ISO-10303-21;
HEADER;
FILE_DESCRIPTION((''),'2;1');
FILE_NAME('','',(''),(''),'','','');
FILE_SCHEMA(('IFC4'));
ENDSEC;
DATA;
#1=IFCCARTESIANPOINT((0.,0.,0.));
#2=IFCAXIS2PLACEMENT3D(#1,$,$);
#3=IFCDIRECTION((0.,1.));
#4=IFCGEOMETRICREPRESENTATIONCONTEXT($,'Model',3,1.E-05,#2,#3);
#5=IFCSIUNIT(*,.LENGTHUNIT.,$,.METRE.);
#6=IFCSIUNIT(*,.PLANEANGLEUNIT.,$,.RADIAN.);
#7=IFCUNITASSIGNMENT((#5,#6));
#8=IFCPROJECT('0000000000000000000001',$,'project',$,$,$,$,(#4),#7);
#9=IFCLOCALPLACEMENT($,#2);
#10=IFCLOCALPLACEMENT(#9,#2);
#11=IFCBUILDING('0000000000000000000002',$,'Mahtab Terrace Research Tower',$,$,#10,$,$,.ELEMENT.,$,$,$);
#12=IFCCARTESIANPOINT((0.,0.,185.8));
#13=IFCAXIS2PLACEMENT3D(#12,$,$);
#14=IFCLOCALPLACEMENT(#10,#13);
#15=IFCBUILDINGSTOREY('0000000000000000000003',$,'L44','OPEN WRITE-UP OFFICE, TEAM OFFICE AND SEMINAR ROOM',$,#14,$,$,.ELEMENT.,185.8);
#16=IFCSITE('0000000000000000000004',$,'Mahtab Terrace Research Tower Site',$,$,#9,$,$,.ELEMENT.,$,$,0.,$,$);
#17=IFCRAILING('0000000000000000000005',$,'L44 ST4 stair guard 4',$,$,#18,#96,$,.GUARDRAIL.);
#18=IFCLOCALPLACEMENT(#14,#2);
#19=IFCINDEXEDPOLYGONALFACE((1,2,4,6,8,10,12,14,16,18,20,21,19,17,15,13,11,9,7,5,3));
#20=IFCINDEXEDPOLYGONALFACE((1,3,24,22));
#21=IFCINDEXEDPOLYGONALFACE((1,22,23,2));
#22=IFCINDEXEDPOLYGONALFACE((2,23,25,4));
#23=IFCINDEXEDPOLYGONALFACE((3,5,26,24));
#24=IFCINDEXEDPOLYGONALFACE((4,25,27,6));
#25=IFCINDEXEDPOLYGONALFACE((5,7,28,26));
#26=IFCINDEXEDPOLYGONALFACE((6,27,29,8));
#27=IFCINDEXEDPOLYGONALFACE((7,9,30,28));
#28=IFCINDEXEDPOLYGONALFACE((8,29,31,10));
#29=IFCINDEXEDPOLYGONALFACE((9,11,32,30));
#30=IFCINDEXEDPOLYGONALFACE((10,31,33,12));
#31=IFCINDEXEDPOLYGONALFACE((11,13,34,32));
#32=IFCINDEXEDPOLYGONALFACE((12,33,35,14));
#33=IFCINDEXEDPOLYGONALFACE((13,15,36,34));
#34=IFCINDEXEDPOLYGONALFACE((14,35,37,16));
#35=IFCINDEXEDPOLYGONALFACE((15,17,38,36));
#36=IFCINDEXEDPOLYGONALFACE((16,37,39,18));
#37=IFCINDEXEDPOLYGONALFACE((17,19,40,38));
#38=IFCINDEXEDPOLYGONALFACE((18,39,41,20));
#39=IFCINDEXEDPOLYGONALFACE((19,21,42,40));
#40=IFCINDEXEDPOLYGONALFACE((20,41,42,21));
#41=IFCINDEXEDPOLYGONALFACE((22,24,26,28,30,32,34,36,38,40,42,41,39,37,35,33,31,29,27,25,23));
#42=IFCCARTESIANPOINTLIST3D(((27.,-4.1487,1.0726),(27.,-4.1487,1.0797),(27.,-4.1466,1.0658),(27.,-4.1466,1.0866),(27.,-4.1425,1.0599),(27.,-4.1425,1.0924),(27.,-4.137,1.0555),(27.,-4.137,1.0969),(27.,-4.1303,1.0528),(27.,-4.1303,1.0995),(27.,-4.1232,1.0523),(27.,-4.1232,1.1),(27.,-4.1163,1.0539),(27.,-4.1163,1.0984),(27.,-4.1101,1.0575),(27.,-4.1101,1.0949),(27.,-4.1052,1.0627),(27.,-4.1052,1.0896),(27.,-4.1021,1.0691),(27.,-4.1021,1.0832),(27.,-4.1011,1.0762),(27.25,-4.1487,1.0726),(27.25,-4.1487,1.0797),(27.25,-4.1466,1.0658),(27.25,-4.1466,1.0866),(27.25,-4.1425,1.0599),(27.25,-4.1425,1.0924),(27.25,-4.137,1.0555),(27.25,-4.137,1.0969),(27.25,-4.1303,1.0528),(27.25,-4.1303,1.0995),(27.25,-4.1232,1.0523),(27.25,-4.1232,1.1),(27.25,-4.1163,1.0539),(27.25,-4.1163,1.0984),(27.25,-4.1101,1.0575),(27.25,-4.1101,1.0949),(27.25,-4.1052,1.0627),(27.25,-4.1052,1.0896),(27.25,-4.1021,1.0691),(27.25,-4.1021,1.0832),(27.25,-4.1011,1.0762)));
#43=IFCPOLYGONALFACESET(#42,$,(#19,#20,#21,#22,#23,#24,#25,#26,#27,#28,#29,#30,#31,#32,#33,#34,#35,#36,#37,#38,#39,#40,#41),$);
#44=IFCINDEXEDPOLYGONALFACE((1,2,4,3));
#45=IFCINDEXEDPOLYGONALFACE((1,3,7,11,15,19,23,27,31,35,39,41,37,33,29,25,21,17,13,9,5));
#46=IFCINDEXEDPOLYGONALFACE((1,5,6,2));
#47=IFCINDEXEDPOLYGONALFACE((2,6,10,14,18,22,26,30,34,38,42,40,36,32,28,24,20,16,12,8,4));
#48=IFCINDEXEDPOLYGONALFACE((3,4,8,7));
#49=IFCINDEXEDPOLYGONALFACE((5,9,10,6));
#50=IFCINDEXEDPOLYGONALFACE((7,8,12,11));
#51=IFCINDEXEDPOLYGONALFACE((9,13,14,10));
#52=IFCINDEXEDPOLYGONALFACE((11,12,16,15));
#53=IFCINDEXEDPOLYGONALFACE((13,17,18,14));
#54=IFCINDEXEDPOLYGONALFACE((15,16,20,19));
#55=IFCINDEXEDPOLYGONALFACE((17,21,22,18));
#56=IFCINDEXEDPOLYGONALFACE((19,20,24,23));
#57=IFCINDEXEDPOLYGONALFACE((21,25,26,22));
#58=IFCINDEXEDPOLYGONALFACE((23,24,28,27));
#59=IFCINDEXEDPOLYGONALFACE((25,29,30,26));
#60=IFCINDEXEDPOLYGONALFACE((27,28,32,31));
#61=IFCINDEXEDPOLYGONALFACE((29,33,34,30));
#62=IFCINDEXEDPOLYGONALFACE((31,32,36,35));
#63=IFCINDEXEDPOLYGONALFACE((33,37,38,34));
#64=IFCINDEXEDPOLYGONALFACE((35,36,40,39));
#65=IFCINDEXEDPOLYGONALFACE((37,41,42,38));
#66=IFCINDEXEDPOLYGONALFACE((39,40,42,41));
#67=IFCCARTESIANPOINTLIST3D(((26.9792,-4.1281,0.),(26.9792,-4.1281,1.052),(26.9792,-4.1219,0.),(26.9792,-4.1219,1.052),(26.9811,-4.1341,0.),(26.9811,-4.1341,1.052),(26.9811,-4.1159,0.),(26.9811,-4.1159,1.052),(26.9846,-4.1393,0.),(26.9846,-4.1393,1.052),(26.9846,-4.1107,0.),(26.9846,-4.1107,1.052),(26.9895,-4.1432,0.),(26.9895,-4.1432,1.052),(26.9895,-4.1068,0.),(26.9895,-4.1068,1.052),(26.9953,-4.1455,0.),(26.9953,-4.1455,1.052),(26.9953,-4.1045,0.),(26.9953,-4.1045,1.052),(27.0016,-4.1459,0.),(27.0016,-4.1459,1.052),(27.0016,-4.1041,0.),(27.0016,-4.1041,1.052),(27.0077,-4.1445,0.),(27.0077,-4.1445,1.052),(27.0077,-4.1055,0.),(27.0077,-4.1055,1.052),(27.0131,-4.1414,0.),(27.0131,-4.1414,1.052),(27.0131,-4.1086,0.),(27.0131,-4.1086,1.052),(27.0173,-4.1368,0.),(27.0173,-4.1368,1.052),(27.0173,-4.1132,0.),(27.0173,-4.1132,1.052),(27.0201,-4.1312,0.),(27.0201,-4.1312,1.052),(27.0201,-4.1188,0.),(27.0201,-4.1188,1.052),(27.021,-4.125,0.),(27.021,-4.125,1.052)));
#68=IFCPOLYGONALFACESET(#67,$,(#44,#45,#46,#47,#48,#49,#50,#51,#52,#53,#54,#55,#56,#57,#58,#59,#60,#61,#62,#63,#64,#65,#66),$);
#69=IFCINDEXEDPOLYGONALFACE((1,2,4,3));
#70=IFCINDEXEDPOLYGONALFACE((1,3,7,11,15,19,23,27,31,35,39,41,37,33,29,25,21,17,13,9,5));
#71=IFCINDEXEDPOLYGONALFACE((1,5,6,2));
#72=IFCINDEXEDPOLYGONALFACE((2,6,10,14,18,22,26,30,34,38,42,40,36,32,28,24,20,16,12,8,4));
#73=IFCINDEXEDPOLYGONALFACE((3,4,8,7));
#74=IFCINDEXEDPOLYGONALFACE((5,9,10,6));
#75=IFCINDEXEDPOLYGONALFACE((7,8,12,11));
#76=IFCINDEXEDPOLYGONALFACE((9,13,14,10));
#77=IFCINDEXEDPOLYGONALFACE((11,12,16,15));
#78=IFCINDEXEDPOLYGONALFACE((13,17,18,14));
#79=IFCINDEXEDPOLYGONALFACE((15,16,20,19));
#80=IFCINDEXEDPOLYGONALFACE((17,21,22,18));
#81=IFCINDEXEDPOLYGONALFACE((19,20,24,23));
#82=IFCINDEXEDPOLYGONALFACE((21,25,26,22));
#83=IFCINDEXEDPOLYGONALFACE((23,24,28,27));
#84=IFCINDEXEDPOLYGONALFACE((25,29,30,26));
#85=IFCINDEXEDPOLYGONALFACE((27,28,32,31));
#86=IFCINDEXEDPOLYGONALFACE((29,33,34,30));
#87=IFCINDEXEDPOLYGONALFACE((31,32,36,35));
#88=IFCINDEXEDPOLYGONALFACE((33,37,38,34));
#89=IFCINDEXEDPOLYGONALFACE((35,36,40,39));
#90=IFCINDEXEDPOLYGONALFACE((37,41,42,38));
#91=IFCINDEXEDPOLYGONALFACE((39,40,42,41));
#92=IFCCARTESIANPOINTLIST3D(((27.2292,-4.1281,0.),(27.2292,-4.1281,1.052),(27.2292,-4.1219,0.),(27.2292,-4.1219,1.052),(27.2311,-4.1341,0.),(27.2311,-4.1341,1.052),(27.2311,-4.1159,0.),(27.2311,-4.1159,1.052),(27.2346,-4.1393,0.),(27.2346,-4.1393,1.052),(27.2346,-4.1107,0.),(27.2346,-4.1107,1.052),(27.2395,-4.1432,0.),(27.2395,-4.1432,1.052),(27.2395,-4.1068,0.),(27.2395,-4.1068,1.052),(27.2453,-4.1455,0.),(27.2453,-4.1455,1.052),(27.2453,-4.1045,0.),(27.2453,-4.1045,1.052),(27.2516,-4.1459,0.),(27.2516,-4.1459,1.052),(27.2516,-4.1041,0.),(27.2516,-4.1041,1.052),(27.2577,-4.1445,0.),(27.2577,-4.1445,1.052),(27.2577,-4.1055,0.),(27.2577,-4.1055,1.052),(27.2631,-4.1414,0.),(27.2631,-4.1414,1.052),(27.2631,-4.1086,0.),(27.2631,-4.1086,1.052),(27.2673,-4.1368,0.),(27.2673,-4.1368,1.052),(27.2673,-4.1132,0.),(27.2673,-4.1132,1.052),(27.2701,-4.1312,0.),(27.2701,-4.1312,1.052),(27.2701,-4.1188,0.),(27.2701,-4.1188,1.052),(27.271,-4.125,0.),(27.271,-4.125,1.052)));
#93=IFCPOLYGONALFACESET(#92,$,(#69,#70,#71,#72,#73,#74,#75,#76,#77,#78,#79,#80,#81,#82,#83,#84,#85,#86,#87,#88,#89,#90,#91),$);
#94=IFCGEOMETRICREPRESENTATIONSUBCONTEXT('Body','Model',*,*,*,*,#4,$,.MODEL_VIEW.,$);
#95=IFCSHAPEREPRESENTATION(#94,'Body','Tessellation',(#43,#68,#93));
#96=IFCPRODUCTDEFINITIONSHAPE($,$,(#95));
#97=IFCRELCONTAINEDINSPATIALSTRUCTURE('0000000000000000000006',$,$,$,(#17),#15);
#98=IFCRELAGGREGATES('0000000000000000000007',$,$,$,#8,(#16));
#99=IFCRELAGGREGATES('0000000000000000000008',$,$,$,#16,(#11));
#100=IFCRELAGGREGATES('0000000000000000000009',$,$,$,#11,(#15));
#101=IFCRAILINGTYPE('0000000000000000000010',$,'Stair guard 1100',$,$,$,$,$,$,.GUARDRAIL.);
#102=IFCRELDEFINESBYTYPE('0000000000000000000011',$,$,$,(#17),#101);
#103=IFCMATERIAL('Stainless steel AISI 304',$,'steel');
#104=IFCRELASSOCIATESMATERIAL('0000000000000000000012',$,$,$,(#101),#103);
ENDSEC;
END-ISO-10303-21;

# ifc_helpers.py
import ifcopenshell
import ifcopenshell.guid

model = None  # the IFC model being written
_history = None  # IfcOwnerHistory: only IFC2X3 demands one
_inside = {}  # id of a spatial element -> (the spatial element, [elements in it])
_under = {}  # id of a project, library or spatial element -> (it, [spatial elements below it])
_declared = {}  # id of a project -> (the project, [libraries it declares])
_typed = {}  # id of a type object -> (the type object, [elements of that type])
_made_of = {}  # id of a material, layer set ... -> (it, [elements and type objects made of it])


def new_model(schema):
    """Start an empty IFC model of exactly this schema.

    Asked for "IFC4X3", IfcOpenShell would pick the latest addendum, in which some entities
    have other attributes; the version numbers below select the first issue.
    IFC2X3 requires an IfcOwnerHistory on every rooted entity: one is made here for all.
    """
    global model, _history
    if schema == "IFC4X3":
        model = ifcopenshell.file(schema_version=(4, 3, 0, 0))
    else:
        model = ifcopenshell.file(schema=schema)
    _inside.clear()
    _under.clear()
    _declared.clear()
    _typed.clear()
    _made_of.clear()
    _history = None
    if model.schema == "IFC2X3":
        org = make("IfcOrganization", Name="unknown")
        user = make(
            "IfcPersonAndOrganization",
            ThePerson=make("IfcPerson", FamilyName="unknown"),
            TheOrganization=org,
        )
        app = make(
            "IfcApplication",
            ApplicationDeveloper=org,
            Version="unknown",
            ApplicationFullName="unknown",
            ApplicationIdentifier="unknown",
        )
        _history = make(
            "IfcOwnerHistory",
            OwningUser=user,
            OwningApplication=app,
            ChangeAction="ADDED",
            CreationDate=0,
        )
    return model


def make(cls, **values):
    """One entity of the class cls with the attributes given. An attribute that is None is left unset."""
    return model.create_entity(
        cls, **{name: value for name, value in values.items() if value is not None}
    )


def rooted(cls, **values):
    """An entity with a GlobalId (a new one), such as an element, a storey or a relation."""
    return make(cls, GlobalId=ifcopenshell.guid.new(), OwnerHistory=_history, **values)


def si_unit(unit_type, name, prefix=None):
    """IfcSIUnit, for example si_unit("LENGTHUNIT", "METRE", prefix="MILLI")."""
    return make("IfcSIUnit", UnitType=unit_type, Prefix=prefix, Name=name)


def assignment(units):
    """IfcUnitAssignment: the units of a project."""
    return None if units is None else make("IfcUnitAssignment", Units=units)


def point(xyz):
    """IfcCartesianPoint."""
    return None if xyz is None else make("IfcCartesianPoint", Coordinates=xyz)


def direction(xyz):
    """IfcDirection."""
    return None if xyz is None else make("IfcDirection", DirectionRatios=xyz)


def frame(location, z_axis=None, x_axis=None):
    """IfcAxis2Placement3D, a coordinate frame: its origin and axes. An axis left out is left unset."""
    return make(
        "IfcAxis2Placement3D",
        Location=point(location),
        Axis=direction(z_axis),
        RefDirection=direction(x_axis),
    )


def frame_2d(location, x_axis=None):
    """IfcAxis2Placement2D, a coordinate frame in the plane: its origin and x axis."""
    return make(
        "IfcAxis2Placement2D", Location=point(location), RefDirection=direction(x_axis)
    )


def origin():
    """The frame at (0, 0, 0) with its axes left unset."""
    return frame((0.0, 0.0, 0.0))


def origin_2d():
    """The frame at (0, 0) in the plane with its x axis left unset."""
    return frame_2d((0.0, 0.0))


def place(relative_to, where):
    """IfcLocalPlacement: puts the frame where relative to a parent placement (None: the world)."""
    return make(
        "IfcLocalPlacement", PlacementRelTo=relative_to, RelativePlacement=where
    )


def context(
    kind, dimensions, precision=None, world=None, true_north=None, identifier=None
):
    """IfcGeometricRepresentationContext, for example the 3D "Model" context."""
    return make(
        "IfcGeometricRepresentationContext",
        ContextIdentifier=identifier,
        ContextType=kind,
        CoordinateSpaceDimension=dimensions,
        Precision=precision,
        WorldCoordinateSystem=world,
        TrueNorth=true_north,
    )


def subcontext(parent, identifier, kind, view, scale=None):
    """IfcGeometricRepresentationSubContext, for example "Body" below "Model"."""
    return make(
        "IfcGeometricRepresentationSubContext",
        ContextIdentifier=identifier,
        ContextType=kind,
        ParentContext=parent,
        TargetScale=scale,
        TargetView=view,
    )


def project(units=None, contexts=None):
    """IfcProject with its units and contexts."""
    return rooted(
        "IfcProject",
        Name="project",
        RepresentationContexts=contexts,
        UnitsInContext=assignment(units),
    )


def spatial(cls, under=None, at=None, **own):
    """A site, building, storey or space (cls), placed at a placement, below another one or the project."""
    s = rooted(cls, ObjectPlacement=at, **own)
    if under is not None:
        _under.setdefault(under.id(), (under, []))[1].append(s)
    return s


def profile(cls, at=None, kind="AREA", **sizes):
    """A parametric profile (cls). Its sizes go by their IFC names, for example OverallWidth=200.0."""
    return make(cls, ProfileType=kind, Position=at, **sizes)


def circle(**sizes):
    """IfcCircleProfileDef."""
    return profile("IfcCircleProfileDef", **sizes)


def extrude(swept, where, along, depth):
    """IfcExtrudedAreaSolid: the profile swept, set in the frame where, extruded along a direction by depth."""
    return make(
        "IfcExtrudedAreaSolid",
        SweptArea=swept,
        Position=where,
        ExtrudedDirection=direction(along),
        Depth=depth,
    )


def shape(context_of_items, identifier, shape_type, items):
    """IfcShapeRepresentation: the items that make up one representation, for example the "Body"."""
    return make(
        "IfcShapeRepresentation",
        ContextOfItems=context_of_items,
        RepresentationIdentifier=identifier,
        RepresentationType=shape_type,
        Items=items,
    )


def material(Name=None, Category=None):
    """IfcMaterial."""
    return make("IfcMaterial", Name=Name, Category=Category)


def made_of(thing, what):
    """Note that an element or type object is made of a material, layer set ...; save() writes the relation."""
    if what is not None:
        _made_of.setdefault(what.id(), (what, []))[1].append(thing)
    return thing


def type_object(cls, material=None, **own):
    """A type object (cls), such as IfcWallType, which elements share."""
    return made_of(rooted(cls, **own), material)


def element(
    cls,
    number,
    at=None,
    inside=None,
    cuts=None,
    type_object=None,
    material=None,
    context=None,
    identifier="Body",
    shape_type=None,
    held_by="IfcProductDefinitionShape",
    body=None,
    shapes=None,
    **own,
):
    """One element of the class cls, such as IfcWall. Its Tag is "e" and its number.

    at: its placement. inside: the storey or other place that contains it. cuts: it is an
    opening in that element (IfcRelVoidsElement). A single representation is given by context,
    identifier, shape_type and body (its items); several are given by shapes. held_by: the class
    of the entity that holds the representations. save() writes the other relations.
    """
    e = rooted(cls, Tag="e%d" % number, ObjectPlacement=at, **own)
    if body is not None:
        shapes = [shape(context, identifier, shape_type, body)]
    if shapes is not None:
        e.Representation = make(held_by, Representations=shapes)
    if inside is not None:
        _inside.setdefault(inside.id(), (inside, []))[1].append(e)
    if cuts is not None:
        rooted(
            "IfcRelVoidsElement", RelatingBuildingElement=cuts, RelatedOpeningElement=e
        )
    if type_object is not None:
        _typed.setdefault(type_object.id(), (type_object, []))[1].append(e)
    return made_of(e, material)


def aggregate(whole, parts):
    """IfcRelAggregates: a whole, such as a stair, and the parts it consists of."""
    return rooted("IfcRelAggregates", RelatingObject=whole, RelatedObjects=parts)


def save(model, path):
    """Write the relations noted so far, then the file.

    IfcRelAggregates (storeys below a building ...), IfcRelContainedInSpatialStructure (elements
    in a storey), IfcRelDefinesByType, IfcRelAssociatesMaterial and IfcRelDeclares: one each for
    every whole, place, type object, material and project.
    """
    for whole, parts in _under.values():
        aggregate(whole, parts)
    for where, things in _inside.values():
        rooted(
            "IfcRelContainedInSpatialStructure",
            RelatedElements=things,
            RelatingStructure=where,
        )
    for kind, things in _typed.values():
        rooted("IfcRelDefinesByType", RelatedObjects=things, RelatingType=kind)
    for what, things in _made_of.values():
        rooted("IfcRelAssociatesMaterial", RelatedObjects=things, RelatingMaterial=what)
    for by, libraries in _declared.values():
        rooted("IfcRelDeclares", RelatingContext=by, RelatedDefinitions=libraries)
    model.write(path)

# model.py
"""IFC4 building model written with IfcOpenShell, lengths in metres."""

from ifc_helpers import new_model, si_unit, direction, frame, origin, origin_2d, place, context, subcontext, project, spatial, circle, extrude, material, type_object, element, save


model = new_model("IFC4")

# Units and contexts
model_context = context("Model", 3, precision=1e-05, world=origin(), true_north=direction((0.0, 1.0)))
body_context = subcontext(model_context, "Body", "Model", "MODEL_VIEW")
ifc_project = project(units=[si_unit("LENGTHUNIT", "METRE"), si_unit("PLANEANGLEUNIT", "RADIAN")], contexts=[model_context])

# Site, building, storey
site_placement = place(None, origin())
site = spatial("IfcSite", under=ifc_project, at=site_placement, Name="Mahtab Terrace Research Tower Site", CompositionType="ELEMENT", RefElevation=0.0)
building_placement = place(site_placement, origin())
building = spatial("IfcBuilding", under=site, at=building_placement, Name="Mahtab Terrace Research Tower", CompositionType="ELEMENT")
storey_placement = place(building_placement, frame((0.0, 0.0, 185.8)))
storey = spatial("IfcBuildingStorey", under=building, at=storey_placement, Name="L44", Description="OPEN WRITE-UP OFFICE, TEAM OFFICE AND SEMINAR ROOM", CompositionType="ELEMENT", Elevation=185.8)

# Railing
ifc_material_1 = material(Name="Stainless steel AISI 304", Category="steel")
railing_type_1 = type_object("IfcRailingType", Name="Stair guard 1100", PredefinedType="GUARDRAIL", material=ifc_material_1)
railing_1_placement = place(storey_placement, frame((27.0, -4.125, 0.0)))
element("IfcRailing", 1, at=railing_1_placement, inside=storey, type_object=railing_type_1, Name="L44 ST4 stair guard 4", PredefinedType="GUARDRAIL", context=body_context, shape_type="SweptSolid", body=[
    extrude(circle(Radius=0.0239, at=origin_2d()), frame((0.0, 0.0, 1.0762), z_axis=(1.0, 0.0, 0.0), x_axis=(0.0, 1.0, 0.0)), (0.0, 0.0, 1.0), 0.25),
    extrude(circle(Radius=0.021, at=origin_2d()), origin(), (0.0, 0.0, 1.0), 1.052),
    extrude(circle(Radius=0.021, at=origin_2d()), frame((0.25, 0.0, 0.0)), (0.0, 0.0, 1.0), 1.052),
])

save(model, "model.ifc")
